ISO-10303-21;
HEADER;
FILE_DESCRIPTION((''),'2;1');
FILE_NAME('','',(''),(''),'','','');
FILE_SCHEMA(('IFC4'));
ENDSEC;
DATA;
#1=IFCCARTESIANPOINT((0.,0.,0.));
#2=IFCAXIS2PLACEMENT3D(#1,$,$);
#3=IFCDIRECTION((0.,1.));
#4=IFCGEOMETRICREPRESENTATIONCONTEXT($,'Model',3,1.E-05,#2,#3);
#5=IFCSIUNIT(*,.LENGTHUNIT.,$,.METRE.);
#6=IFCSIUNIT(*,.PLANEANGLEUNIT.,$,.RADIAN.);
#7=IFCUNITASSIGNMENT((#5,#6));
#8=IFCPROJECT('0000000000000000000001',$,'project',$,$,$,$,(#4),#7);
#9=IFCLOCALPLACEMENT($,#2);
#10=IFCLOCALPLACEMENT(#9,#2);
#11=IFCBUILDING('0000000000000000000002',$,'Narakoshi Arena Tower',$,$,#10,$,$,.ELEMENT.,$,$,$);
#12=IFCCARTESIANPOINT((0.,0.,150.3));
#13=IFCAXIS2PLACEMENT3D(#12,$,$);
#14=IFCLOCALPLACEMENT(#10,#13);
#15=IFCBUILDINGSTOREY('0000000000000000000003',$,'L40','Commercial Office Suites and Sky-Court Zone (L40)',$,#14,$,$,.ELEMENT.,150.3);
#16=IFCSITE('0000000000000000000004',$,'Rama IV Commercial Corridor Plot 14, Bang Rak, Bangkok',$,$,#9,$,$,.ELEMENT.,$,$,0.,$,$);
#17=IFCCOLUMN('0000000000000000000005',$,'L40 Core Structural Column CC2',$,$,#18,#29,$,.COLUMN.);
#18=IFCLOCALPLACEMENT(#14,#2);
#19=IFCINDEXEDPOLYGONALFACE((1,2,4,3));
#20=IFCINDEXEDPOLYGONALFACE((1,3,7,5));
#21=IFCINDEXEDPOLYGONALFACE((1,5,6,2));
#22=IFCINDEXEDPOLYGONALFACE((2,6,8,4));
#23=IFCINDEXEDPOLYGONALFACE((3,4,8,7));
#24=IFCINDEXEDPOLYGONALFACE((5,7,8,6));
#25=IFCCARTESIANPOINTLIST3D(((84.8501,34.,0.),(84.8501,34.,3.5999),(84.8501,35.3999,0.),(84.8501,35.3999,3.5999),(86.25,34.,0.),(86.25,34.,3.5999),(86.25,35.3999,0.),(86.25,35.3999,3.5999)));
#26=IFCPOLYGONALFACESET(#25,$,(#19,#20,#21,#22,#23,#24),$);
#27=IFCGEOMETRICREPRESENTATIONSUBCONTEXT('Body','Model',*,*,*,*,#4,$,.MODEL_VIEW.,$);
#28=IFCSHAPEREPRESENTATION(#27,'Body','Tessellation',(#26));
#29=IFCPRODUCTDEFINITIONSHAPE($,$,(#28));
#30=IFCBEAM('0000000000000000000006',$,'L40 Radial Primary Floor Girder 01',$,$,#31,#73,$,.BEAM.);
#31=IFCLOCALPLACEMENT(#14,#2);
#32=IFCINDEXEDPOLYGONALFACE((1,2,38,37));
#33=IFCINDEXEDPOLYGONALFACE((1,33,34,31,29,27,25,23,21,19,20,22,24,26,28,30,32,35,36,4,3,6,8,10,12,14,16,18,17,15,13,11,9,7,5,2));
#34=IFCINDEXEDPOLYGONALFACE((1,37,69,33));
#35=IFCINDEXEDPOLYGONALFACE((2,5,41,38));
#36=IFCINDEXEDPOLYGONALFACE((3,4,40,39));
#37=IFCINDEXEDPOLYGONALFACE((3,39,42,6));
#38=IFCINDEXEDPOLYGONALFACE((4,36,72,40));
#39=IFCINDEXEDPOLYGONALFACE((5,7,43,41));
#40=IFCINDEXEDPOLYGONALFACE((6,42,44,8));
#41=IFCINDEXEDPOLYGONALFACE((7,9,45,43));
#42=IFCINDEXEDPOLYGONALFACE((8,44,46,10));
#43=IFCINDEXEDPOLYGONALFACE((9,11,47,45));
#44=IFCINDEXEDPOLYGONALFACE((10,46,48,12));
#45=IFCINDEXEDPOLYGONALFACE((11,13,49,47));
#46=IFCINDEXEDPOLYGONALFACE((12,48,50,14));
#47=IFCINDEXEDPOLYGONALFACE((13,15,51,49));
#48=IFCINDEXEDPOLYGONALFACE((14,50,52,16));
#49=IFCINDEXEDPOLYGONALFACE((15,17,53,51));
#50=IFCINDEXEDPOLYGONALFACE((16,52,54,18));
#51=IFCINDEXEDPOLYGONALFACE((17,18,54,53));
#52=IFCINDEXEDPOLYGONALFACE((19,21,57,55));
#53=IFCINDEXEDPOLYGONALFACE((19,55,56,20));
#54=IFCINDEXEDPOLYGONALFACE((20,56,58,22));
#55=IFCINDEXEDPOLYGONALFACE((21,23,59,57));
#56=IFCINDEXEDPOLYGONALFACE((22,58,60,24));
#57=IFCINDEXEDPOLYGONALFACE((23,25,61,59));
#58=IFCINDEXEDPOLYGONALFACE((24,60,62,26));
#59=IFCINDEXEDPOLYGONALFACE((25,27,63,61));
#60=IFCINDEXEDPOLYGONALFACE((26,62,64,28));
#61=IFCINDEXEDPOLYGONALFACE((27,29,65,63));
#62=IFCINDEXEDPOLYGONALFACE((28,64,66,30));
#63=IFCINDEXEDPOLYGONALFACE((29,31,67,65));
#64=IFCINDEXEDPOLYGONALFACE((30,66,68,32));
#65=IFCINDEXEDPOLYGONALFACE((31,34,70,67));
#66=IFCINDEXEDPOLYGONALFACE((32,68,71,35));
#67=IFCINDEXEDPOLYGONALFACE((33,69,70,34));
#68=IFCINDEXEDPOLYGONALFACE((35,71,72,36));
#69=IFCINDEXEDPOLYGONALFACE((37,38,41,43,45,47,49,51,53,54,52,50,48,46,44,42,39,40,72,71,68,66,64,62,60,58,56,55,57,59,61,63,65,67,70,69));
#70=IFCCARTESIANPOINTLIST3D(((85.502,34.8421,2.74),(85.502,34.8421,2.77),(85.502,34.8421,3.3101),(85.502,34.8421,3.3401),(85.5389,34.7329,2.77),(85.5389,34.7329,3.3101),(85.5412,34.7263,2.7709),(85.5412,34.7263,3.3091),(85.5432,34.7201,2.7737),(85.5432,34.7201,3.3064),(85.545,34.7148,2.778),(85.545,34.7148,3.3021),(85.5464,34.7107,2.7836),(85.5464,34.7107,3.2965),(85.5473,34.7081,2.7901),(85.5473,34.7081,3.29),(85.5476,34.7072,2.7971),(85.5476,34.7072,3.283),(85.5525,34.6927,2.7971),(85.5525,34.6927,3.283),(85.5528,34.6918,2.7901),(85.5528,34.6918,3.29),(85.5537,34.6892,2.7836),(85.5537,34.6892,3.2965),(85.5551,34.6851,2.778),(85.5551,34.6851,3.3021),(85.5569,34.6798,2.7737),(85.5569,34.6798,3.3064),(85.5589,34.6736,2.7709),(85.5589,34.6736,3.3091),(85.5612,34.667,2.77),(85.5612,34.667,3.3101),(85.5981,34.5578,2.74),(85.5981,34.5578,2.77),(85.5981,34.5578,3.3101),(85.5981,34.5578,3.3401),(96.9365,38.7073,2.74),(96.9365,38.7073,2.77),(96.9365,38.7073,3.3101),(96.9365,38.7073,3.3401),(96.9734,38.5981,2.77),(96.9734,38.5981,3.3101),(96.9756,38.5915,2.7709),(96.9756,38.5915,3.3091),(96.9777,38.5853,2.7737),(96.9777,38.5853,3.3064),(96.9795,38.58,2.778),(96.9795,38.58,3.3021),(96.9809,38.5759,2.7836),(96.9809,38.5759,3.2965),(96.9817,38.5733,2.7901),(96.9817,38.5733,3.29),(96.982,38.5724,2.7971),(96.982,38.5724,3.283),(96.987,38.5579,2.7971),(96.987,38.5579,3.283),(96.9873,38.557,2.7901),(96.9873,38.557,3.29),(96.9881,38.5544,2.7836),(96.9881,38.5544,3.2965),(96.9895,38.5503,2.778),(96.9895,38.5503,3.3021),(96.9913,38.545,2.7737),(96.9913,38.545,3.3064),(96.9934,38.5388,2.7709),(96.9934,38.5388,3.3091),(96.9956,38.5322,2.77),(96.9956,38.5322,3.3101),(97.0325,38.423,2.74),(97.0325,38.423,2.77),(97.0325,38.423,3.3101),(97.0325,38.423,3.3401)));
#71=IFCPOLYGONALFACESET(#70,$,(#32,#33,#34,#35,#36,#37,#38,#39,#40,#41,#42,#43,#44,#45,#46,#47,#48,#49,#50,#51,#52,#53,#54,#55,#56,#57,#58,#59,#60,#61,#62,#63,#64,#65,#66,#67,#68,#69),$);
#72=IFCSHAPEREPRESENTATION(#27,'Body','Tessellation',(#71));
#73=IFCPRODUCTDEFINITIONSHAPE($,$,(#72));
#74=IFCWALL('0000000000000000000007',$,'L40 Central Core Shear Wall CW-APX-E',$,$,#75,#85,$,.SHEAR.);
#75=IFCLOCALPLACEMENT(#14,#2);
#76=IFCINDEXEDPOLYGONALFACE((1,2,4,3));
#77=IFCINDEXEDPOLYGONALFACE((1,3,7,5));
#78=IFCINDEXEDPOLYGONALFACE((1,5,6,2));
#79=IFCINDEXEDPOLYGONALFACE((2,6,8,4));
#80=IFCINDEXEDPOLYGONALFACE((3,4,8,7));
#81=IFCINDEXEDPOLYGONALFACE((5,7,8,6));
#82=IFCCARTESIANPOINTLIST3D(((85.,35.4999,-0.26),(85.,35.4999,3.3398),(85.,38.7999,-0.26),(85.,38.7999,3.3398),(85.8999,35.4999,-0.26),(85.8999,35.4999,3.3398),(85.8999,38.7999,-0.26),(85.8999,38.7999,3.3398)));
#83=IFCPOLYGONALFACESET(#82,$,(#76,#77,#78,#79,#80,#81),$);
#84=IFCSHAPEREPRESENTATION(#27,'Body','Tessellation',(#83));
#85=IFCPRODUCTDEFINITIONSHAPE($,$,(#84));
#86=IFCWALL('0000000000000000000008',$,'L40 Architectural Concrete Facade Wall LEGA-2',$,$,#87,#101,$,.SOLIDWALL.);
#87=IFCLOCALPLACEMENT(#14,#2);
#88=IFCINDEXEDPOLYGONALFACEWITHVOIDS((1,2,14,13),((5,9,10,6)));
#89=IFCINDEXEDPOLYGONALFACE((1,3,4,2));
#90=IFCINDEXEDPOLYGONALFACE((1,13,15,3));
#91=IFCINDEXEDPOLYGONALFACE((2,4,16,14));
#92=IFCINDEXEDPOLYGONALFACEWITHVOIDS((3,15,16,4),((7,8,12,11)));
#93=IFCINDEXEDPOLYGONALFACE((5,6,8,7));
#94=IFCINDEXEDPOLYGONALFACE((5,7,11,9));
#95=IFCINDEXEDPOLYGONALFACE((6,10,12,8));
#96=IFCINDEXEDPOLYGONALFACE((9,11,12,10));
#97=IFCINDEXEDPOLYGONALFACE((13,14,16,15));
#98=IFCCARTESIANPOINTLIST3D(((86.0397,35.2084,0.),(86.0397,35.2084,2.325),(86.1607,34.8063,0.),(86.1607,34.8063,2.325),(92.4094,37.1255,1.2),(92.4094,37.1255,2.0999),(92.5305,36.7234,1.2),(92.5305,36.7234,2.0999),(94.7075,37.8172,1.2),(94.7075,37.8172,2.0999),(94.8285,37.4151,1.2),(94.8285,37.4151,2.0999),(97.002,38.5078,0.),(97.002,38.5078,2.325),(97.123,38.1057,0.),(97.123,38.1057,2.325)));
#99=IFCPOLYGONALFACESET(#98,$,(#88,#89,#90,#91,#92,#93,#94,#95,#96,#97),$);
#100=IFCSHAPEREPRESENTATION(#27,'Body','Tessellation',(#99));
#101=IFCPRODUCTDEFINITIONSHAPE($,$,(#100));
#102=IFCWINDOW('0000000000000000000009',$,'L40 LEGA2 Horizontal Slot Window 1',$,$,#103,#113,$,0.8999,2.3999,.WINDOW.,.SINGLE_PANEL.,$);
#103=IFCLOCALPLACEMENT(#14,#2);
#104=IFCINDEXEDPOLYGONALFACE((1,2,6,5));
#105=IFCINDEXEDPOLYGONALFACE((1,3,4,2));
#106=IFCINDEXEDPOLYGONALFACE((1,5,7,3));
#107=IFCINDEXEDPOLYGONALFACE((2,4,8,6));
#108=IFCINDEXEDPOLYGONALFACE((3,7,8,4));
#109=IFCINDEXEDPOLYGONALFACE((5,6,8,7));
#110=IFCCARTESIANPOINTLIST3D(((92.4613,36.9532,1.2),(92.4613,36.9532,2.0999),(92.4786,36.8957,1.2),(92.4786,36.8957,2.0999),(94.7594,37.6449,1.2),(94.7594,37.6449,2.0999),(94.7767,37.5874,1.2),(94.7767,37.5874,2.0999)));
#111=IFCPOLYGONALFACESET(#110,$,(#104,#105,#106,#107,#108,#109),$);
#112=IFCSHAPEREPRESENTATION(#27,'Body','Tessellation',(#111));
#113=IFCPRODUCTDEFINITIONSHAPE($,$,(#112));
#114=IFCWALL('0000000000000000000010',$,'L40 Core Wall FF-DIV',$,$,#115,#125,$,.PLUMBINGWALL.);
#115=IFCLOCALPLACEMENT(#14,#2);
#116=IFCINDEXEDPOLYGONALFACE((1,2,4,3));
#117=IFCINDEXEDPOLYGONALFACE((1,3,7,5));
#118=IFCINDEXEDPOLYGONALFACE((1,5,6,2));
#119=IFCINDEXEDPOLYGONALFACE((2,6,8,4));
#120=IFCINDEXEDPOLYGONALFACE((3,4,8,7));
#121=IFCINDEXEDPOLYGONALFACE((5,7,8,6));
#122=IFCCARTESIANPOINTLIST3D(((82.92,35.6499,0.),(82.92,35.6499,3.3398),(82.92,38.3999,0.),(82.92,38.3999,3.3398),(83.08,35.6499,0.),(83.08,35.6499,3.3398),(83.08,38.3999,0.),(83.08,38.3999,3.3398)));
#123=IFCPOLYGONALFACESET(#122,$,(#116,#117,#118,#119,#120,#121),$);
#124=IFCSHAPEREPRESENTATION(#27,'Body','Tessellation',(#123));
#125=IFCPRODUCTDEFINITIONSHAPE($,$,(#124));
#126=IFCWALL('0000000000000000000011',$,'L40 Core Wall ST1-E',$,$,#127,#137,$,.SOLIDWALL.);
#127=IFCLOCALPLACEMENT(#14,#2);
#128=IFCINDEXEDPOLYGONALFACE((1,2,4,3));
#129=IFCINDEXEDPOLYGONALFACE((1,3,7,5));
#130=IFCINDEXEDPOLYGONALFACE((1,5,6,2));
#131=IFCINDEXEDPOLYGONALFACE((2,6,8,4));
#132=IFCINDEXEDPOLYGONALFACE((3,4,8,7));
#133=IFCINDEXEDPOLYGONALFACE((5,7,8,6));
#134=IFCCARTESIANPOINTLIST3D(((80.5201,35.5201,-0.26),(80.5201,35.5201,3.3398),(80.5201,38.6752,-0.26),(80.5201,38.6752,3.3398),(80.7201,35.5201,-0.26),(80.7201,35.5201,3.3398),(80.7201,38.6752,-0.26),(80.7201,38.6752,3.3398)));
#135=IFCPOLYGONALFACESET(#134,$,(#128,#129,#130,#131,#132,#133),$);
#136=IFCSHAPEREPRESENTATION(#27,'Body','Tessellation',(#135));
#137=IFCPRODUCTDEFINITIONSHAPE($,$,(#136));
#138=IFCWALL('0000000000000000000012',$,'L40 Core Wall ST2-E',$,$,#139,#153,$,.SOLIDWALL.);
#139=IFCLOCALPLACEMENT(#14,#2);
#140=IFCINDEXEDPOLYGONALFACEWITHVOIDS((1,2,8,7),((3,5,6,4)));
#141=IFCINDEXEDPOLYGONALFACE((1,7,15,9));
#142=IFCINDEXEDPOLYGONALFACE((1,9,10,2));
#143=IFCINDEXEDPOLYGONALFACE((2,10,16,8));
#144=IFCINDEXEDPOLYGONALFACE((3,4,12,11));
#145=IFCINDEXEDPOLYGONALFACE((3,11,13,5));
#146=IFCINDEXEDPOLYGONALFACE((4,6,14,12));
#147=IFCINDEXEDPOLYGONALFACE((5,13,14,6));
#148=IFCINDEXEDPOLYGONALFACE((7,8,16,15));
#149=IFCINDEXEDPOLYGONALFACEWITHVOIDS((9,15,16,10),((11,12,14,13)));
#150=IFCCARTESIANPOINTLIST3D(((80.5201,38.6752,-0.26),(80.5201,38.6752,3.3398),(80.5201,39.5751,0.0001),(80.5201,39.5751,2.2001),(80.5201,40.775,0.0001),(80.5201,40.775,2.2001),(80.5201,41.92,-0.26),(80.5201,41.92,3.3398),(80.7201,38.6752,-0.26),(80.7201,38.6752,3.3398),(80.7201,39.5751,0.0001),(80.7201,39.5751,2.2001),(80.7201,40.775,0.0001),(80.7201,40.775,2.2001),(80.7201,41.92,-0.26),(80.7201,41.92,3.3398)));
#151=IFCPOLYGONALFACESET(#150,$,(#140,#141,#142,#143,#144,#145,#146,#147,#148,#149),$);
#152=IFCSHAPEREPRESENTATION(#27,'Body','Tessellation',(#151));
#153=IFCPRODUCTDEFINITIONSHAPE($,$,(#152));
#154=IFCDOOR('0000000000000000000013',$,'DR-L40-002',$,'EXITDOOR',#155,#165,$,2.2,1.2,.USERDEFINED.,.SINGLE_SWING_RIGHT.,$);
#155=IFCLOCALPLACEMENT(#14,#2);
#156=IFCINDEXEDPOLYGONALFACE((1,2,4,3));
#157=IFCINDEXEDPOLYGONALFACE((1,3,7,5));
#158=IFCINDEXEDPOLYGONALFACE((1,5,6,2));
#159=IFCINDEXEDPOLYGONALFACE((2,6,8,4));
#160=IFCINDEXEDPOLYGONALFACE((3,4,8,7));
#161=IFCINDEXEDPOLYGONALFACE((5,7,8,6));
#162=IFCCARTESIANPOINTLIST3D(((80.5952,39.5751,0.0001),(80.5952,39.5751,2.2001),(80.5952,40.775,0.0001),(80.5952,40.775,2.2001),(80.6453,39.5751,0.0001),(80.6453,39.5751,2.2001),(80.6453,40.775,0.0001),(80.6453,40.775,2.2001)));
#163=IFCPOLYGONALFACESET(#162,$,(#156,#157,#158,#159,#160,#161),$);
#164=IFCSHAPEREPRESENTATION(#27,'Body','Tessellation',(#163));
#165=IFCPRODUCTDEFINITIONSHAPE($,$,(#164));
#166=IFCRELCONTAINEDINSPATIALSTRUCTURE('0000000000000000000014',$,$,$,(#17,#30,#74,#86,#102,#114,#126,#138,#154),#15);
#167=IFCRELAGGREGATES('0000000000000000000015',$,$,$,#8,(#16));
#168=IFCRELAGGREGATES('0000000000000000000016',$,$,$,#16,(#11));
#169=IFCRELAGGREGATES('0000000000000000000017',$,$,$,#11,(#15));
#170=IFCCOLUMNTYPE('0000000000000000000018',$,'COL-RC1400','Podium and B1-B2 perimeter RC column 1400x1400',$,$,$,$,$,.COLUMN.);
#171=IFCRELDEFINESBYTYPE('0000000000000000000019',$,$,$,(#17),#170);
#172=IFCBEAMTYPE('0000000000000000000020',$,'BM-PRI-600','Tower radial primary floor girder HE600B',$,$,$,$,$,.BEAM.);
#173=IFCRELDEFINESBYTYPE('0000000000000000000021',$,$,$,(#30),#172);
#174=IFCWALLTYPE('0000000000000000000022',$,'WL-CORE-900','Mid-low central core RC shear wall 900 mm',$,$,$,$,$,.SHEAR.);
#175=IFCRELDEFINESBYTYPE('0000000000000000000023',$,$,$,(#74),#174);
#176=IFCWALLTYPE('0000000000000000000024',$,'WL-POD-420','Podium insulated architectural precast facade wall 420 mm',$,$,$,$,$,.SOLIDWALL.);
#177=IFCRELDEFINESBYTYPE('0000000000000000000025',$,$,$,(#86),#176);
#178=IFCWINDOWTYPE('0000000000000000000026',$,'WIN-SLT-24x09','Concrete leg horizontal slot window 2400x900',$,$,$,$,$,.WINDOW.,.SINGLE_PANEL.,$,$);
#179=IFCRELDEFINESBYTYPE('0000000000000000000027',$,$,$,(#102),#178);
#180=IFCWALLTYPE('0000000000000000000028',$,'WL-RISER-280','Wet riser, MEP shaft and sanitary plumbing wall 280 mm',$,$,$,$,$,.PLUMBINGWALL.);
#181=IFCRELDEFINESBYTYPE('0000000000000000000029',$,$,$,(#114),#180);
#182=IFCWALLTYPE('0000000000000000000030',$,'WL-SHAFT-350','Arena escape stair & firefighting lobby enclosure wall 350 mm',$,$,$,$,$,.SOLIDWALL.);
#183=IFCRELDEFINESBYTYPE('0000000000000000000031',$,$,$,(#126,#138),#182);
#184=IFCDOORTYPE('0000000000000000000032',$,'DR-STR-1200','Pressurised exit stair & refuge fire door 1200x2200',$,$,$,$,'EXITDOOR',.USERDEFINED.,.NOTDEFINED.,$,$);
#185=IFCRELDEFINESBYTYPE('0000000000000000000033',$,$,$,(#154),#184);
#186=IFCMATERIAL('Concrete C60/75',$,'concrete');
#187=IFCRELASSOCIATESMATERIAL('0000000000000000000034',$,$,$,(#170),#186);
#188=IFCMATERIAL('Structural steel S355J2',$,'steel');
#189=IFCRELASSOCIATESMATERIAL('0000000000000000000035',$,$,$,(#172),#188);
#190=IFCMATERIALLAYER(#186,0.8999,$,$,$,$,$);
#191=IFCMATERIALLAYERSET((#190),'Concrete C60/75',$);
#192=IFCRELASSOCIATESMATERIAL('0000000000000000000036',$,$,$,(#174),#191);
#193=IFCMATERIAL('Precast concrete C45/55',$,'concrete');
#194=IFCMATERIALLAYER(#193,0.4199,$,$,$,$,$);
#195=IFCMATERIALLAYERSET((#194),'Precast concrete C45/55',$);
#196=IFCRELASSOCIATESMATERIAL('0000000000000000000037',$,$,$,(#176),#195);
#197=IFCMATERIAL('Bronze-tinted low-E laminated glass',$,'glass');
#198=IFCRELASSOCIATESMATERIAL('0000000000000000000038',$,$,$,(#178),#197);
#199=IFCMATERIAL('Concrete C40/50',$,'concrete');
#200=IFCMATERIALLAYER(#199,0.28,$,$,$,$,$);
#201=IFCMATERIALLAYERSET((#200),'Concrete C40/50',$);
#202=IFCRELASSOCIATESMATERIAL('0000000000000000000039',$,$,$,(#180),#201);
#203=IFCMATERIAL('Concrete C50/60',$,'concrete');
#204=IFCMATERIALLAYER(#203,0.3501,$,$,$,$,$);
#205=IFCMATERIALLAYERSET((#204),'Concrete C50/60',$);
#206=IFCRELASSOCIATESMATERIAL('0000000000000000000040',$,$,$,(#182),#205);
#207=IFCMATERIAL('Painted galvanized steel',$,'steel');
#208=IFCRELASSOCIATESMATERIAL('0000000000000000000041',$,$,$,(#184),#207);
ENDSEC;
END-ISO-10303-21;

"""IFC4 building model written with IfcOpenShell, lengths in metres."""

from ifc_helpers import new_model, si_unit, direction, frame, frame_2d, origin, origin_2d, place, context, subcontext, project, spatial, rectangle, i_section, extrude, material, layer, layer_set, material_profile, profile_set, type_object, element, fill, save


model = new_model("IFC4")

# Units and contexts
model_context = context("Model", 3, precision=1e-05, world=origin(), true_north=direction((0.0, 1.0)))
body_context = subcontext(model_context, "Body", "Model", "MODEL_VIEW")
ifc_project = project(units=[si_unit("LENGTHUNIT", "METRE"), si_unit("PLANEANGLEUNIT", "RADIAN")], contexts=[model_context])

# Site, building, storey
site_placement = place(None, origin())
site = spatial("IfcSite", under=ifc_project, at=site_placement, Name="Rama IV Commercial Corridor Plot 14, Bang Rak, Bangkok", CompositionType="ELEMENT", RefElevation=0.0)
building_placement = place(site_placement, origin())
building = spatial("IfcBuilding", under=site, at=building_placement, Name="Narakoshi Arena Tower", CompositionType="ELEMENT")
storey_placement = place(building_placement, frame((0.0, 0.0, 150.3)))
storey = spatial("IfcBuildingStorey", under=building, at=storey_placement, Name="L40", Description="Commercial Office Suites and Sky-Court Zone (L40)", CompositionType="ELEMENT", Elevation=150.3)

# Column
ifc_material_1 = material(Name="Concrete C60/75", Category="concrete")
ifc_material_profile_1 = material_profile(ifc_material_1, rectangle(XDim=1.3999, YDim=1.3999, at=origin_2d()), Name="RC1400x1400")
ifc_profile_set_1 = profile_set([ifc_material_profile_1], Name="Concrete C60/75")
column_type = type_object("IfcColumnType", Name="COL-RC1400", Description="Podium and B1-B2 perimeter RC column 1400x1400", PredefinedType="COLUMN", material=ifc_profile_set_1)
column_placement = place(storey_placement, frame((85.55, 34.7, 0.0), z_axis=(0.0, 0.0, 1.0), x_axis=(1.0, 0.0, 0.0)))
element("IfcColumn", 1, at=column_placement, inside=storey, type_object=column_type, Name="L40 Core Structural Column CC2", PredefinedType="COLUMN", context=body_context, shape_type="SweptSolid", body=[
    extrude(rectangle(XDim=1.3999, YDim=1.3999, at=origin_2d()), origin(), (0.0, 0.0, 1.0), 3.5999),
])

# Beam
ifc_material_2 = material(Name="Structural steel S355J2", Category="steel")
ifc_material_profile_2 = material_profile(ifc_material_2, i_section(OverallWidth=0.3, OverallDepth=0.6001, WebThickness=0.0154, FlangeThickness=0.03, FilletRadius=0.0271, at=origin_2d()), Name="HE600B")
ifc_profile_set_2 = profile_set([ifc_material_profile_2], Name="Structural steel S355J2")
beam_type = type_object("IfcBeamType", Name="BM-PRI-600", Description="Tower radial primary floor girder HE600B", PredefinedType="BEAM", material=ifc_profile_set_2)
beam_placement = place(storey_placement, frame((85.55, 34.7, 3.04), z_axis=(0.94734, 0.32023, 0.0), x_axis=(-0.32023, 0.94734, 0.0)))
element("IfcBeam", 2, at=beam_placement, inside=storey, type_object=beam_type, Name="L40 Radial Primary Floor Girder 01", PredefinedType="BEAM", context=body_context, shape_type="SweptSolid", body=[
    extrude(i_section(OverallWidth=0.3, OverallDepth=0.6001, WebThickness=0.0154, FlangeThickness=0.03, FilletRadius=0.0271, at=origin_2d()), origin(), (0.0, 0.0, 1.0), 12.0701),
])

# Wall
ifc_layer_1 = layer(ifc_material_1, 0.8999)
ifc_layer_set_1 = layer_set([ifc_layer_1], Name="Concrete C60/75")
wall_type_1 = type_object("IfcWallType", Name="WL-CORE-900", Description="Mid-low central core RC shear wall 900 mm", PredefinedType="SHEAR", material=ifc_layer_set_1)
wall_1_placement = place(storey_placement, frame((85.45, 35.5, -0.26), z_axis=(0.0, 0.0, 1.0), x_axis=(0.0, 1.0, 0.0)))
element("IfcWall", 3, at=wall_1_placement, inside=storey, type_object=wall_type_1, Name="L40 Central Core Shear Wall CW-APX-E", PredefinedType="SHEAR", context=body_context, shape_type="SweptSolid", body=[
    extrude(rectangle(XDim=3.3, YDim=0.8999, at=frame_2d((1.6499, 0.0))), origin(), (0.0, 0.0, 1.0), 3.5999),
])

# Wall, opening, window
ifc_material_3 = material(Name="Precast concrete C45/55", Category="concrete")
ifc_layer_2 = layer(ifc_material_3, 0.4199)
ifc_layer_set_2 = layer_set([ifc_layer_2], Name="Precast concrete C45/55")
wall_type_2 = type_object("IfcWallType", Name="WL-POD-420", Description="Podium insulated architectural precast facade wall 420 mm", PredefinedType="SOLIDWALL", material=ifc_layer_set_2)
wall_2_placement = place(storey_placement, frame((86.1001, 35.0073, 0.0), z_axis=(0.0, 0.0, 1.0), x_axis=(0.957569, 0.288203, 0.0)))
wall_2 = element("IfcWall", 4, at=wall_2_placement, inside=storey, type_object=wall_type_2, Name="L40 Architectural Concrete Facade Wall LEGA-2", PredefinedType="SOLIDWALL", context=body_context, shape_type="SweptSolid", body=[
    extrude(rectangle(XDim=11.448, YDim=0.4199, at=frame_2d((5.7241, 0.0))), origin(), (0.0, 0.0, 1.0), 2.325),
])
opening_1_placement = place(wall_2_placement, frame((6.6521, 0.0, 1.2)))
opening_1 = element("IfcOpeningElement", 5, at=opening_1_placement, cuts=wall_2, PredefinedType="OPENING", context=body_context, shape_type="SweptSolid", body=[
    extrude(rectangle(XDim=2.3999, YDim=0.8999, at=frame_2d((1.2, 0.45))), frame((0.0, 0.22, 0.0), z_axis=(0.0, -1.0, 0.0), x_axis=(1.0, 0.0, 0.0)), (0.0, 0.0, 1.0), 0.4399),
])
ifc_material_4 = material(Name="Bronze-tinted low-E laminated glass", Category="glass")
window_type = type_object("IfcWindowType", Name="WIN-SLT-24x09", Description="Concrete leg horizontal slot window 2400x900", PartitioningType="SINGLE_PANEL", PredefinedType="WINDOW", material=ifc_material_4)
window_placement = place(opening_1_placement, origin())
window = element("IfcWindow", 6, at=window_placement, inside=storey, type_object=window_type, Name="L40 LEGA2 Horizontal Slot Window 1", OverallHeight=0.8999, OverallWidth=2.3999, PartitioningType="SINGLE_PANEL", PredefinedType="WINDOW", context=body_context, shape_type="SweptSolid", body=[
    extrude(rectangle(XDim=2.3999, YDim=0.8999, at=frame_2d((1.2, 0.45))), frame((0.0, 0.03, 0.0), z_axis=(0.0, -1.0, 0.0), x_axis=(1.0, 0.0, 0.0)), (0.0, 0.0, 1.0), 0.0601),
])
fill(opening_1, window)

# Walls
ifc_material_5 = material(Name="Concrete C40/50", Category="concrete")
ifc_layer_3 = layer(ifc_material_5, 0.28)
ifc_layer_set_3 = layer_set([ifc_layer_3], Name="Concrete C40/50")
wall_type_3 = type_object("IfcWallType", Name="WL-RISER-280", Description="Wet riser, MEP shaft and sanitary plumbing wall 280 mm", PredefinedType="PLUMBINGWALL", material=ifc_layer_set_3)
wall_3_placement = place(storey_placement, frame((83.0, 35.6499, 0.0), z_axis=(0.0, 0.0, 1.0), x_axis=(0.0, 1.0, 0.0)))
element("IfcWall", 7, at=wall_3_placement, inside=storey, type_object=wall_type_3, Name="L40 Core Wall FF-DIV", PredefinedType="PLUMBINGWALL", context=body_context, shape_type="SweptSolid", body=[
    extrude(rectangle(XDim=2.75, YDim=0.1599, at=frame_2d((1.375, 0.0))), origin(), (0.0, 0.0, 1.0), 3.3398),
])
ifc_material_6 = material(Name="Concrete C50/60", Category="concrete")
ifc_layer_4 = layer(ifc_material_6, 0.3501)
ifc_layer_set_4 = layer_set([ifc_layer_4], Name="Concrete C50/60")
wall_type_4 = type_object("IfcWallType", Name="WL-SHAFT-350", Description="Arena escape stair & firefighting lobby enclosure wall 350 mm", PredefinedType="SOLIDWALL", material=ifc_layer_set_4)
wall_4_placement = place(storey_placement, frame((80.6201, 35.52, -0.26), z_axis=(0.0, 0.0, 1.0), x_axis=(0.0, 1.0, 0.0)))
element("IfcWall", 8, at=wall_4_placement, inside=storey, type_object=wall_type_4, Name="L40 Core Wall ST1-E", PredefinedType="SOLIDWALL", context=body_context, shape_type="SweptSolid", body=[
    extrude(rectangle(XDim=3.155, YDim=0.2, at=frame_2d((1.5776, 0.0))), origin(), (0.0, 0.0, 1.0), 3.5999),
])

# Wall, opening, door
wall_5_placement = place(storey_placement, frame((80.6201, 38.675, -0.26), z_axis=(0.0, 0.0, 1.0), x_axis=(0.0, 1.0, 0.0)))
wall_5 = element("IfcWall", 9, at=wall_5_placement, inside=storey, type_object=wall_type_4, Name="L40 Core Wall ST2-E", PredefinedType="SOLIDWALL", context=body_context, shape_type="SweptSolid", body=[
    extrude(rectangle(XDim=3.2449, YDim=0.2, at=frame_2d((1.6226, 0.0))), origin(), (0.0, 0.0, 1.0), 3.5999),
])
opening_2_placement = place(wall_5_placement, frame((0.8999, 0.0, 0.26)))
opening_2 = element("IfcOpeningElement", 10, at=opening_2_placement, cuts=wall_5, PredefinedType="OPENING", context=body_context, shape_type="SweptSolid", body=[
    extrude(rectangle(XDim=1.2, YDim=2.2, at=frame_2d((0.6001, 1.1001))), frame((0.0, 0.1099, 0.0), z_axis=(0.0, -1.0, 0.0), x_axis=(1.0, 0.0, 0.0)), (0.0, 0.0, 1.0), 0.22),
])
ifc_material_7 = material(Name="Painted galvanized steel", Category="steel")
door_type_1 = type_object("IfcDoorType", Name="DR-STR-1200", Description="Pressurised exit stair & refuge fire door 1200x2200", ElementType="EXITDOOR", OperationType="NOTDEFINED", PredefinedType="USERDEFINED", material=ifc_material_7)
door_1_placement = place(opening_2_placement, origin())
door_1 = element("IfcDoor", 11, at=door_1_placement, inside=storey, type_object=door_type_1, Name="DR-L40-002", ObjectType="EXITDOOR", OperationType="SINGLE_SWING_RIGHT", OverallHeight=2.2, OverallWidth=1.2, PredefinedType="USERDEFINED", context=body_context, shape_type="SweptSolid", body=[
    extrude(rectangle(XDim=1.2, YDim=2.2, at=frame_2d((0.6001, 1.1001))), frame((0.0, 0.0249, 0.0), z_axis=(0.0, -1.0, 0.0), x_axis=(1.0, 0.0, 0.0)), (0.0, 0.0, 1.0), 0.05),
])
fill(opening_2, door_1)

save(model, "model.ifc")
